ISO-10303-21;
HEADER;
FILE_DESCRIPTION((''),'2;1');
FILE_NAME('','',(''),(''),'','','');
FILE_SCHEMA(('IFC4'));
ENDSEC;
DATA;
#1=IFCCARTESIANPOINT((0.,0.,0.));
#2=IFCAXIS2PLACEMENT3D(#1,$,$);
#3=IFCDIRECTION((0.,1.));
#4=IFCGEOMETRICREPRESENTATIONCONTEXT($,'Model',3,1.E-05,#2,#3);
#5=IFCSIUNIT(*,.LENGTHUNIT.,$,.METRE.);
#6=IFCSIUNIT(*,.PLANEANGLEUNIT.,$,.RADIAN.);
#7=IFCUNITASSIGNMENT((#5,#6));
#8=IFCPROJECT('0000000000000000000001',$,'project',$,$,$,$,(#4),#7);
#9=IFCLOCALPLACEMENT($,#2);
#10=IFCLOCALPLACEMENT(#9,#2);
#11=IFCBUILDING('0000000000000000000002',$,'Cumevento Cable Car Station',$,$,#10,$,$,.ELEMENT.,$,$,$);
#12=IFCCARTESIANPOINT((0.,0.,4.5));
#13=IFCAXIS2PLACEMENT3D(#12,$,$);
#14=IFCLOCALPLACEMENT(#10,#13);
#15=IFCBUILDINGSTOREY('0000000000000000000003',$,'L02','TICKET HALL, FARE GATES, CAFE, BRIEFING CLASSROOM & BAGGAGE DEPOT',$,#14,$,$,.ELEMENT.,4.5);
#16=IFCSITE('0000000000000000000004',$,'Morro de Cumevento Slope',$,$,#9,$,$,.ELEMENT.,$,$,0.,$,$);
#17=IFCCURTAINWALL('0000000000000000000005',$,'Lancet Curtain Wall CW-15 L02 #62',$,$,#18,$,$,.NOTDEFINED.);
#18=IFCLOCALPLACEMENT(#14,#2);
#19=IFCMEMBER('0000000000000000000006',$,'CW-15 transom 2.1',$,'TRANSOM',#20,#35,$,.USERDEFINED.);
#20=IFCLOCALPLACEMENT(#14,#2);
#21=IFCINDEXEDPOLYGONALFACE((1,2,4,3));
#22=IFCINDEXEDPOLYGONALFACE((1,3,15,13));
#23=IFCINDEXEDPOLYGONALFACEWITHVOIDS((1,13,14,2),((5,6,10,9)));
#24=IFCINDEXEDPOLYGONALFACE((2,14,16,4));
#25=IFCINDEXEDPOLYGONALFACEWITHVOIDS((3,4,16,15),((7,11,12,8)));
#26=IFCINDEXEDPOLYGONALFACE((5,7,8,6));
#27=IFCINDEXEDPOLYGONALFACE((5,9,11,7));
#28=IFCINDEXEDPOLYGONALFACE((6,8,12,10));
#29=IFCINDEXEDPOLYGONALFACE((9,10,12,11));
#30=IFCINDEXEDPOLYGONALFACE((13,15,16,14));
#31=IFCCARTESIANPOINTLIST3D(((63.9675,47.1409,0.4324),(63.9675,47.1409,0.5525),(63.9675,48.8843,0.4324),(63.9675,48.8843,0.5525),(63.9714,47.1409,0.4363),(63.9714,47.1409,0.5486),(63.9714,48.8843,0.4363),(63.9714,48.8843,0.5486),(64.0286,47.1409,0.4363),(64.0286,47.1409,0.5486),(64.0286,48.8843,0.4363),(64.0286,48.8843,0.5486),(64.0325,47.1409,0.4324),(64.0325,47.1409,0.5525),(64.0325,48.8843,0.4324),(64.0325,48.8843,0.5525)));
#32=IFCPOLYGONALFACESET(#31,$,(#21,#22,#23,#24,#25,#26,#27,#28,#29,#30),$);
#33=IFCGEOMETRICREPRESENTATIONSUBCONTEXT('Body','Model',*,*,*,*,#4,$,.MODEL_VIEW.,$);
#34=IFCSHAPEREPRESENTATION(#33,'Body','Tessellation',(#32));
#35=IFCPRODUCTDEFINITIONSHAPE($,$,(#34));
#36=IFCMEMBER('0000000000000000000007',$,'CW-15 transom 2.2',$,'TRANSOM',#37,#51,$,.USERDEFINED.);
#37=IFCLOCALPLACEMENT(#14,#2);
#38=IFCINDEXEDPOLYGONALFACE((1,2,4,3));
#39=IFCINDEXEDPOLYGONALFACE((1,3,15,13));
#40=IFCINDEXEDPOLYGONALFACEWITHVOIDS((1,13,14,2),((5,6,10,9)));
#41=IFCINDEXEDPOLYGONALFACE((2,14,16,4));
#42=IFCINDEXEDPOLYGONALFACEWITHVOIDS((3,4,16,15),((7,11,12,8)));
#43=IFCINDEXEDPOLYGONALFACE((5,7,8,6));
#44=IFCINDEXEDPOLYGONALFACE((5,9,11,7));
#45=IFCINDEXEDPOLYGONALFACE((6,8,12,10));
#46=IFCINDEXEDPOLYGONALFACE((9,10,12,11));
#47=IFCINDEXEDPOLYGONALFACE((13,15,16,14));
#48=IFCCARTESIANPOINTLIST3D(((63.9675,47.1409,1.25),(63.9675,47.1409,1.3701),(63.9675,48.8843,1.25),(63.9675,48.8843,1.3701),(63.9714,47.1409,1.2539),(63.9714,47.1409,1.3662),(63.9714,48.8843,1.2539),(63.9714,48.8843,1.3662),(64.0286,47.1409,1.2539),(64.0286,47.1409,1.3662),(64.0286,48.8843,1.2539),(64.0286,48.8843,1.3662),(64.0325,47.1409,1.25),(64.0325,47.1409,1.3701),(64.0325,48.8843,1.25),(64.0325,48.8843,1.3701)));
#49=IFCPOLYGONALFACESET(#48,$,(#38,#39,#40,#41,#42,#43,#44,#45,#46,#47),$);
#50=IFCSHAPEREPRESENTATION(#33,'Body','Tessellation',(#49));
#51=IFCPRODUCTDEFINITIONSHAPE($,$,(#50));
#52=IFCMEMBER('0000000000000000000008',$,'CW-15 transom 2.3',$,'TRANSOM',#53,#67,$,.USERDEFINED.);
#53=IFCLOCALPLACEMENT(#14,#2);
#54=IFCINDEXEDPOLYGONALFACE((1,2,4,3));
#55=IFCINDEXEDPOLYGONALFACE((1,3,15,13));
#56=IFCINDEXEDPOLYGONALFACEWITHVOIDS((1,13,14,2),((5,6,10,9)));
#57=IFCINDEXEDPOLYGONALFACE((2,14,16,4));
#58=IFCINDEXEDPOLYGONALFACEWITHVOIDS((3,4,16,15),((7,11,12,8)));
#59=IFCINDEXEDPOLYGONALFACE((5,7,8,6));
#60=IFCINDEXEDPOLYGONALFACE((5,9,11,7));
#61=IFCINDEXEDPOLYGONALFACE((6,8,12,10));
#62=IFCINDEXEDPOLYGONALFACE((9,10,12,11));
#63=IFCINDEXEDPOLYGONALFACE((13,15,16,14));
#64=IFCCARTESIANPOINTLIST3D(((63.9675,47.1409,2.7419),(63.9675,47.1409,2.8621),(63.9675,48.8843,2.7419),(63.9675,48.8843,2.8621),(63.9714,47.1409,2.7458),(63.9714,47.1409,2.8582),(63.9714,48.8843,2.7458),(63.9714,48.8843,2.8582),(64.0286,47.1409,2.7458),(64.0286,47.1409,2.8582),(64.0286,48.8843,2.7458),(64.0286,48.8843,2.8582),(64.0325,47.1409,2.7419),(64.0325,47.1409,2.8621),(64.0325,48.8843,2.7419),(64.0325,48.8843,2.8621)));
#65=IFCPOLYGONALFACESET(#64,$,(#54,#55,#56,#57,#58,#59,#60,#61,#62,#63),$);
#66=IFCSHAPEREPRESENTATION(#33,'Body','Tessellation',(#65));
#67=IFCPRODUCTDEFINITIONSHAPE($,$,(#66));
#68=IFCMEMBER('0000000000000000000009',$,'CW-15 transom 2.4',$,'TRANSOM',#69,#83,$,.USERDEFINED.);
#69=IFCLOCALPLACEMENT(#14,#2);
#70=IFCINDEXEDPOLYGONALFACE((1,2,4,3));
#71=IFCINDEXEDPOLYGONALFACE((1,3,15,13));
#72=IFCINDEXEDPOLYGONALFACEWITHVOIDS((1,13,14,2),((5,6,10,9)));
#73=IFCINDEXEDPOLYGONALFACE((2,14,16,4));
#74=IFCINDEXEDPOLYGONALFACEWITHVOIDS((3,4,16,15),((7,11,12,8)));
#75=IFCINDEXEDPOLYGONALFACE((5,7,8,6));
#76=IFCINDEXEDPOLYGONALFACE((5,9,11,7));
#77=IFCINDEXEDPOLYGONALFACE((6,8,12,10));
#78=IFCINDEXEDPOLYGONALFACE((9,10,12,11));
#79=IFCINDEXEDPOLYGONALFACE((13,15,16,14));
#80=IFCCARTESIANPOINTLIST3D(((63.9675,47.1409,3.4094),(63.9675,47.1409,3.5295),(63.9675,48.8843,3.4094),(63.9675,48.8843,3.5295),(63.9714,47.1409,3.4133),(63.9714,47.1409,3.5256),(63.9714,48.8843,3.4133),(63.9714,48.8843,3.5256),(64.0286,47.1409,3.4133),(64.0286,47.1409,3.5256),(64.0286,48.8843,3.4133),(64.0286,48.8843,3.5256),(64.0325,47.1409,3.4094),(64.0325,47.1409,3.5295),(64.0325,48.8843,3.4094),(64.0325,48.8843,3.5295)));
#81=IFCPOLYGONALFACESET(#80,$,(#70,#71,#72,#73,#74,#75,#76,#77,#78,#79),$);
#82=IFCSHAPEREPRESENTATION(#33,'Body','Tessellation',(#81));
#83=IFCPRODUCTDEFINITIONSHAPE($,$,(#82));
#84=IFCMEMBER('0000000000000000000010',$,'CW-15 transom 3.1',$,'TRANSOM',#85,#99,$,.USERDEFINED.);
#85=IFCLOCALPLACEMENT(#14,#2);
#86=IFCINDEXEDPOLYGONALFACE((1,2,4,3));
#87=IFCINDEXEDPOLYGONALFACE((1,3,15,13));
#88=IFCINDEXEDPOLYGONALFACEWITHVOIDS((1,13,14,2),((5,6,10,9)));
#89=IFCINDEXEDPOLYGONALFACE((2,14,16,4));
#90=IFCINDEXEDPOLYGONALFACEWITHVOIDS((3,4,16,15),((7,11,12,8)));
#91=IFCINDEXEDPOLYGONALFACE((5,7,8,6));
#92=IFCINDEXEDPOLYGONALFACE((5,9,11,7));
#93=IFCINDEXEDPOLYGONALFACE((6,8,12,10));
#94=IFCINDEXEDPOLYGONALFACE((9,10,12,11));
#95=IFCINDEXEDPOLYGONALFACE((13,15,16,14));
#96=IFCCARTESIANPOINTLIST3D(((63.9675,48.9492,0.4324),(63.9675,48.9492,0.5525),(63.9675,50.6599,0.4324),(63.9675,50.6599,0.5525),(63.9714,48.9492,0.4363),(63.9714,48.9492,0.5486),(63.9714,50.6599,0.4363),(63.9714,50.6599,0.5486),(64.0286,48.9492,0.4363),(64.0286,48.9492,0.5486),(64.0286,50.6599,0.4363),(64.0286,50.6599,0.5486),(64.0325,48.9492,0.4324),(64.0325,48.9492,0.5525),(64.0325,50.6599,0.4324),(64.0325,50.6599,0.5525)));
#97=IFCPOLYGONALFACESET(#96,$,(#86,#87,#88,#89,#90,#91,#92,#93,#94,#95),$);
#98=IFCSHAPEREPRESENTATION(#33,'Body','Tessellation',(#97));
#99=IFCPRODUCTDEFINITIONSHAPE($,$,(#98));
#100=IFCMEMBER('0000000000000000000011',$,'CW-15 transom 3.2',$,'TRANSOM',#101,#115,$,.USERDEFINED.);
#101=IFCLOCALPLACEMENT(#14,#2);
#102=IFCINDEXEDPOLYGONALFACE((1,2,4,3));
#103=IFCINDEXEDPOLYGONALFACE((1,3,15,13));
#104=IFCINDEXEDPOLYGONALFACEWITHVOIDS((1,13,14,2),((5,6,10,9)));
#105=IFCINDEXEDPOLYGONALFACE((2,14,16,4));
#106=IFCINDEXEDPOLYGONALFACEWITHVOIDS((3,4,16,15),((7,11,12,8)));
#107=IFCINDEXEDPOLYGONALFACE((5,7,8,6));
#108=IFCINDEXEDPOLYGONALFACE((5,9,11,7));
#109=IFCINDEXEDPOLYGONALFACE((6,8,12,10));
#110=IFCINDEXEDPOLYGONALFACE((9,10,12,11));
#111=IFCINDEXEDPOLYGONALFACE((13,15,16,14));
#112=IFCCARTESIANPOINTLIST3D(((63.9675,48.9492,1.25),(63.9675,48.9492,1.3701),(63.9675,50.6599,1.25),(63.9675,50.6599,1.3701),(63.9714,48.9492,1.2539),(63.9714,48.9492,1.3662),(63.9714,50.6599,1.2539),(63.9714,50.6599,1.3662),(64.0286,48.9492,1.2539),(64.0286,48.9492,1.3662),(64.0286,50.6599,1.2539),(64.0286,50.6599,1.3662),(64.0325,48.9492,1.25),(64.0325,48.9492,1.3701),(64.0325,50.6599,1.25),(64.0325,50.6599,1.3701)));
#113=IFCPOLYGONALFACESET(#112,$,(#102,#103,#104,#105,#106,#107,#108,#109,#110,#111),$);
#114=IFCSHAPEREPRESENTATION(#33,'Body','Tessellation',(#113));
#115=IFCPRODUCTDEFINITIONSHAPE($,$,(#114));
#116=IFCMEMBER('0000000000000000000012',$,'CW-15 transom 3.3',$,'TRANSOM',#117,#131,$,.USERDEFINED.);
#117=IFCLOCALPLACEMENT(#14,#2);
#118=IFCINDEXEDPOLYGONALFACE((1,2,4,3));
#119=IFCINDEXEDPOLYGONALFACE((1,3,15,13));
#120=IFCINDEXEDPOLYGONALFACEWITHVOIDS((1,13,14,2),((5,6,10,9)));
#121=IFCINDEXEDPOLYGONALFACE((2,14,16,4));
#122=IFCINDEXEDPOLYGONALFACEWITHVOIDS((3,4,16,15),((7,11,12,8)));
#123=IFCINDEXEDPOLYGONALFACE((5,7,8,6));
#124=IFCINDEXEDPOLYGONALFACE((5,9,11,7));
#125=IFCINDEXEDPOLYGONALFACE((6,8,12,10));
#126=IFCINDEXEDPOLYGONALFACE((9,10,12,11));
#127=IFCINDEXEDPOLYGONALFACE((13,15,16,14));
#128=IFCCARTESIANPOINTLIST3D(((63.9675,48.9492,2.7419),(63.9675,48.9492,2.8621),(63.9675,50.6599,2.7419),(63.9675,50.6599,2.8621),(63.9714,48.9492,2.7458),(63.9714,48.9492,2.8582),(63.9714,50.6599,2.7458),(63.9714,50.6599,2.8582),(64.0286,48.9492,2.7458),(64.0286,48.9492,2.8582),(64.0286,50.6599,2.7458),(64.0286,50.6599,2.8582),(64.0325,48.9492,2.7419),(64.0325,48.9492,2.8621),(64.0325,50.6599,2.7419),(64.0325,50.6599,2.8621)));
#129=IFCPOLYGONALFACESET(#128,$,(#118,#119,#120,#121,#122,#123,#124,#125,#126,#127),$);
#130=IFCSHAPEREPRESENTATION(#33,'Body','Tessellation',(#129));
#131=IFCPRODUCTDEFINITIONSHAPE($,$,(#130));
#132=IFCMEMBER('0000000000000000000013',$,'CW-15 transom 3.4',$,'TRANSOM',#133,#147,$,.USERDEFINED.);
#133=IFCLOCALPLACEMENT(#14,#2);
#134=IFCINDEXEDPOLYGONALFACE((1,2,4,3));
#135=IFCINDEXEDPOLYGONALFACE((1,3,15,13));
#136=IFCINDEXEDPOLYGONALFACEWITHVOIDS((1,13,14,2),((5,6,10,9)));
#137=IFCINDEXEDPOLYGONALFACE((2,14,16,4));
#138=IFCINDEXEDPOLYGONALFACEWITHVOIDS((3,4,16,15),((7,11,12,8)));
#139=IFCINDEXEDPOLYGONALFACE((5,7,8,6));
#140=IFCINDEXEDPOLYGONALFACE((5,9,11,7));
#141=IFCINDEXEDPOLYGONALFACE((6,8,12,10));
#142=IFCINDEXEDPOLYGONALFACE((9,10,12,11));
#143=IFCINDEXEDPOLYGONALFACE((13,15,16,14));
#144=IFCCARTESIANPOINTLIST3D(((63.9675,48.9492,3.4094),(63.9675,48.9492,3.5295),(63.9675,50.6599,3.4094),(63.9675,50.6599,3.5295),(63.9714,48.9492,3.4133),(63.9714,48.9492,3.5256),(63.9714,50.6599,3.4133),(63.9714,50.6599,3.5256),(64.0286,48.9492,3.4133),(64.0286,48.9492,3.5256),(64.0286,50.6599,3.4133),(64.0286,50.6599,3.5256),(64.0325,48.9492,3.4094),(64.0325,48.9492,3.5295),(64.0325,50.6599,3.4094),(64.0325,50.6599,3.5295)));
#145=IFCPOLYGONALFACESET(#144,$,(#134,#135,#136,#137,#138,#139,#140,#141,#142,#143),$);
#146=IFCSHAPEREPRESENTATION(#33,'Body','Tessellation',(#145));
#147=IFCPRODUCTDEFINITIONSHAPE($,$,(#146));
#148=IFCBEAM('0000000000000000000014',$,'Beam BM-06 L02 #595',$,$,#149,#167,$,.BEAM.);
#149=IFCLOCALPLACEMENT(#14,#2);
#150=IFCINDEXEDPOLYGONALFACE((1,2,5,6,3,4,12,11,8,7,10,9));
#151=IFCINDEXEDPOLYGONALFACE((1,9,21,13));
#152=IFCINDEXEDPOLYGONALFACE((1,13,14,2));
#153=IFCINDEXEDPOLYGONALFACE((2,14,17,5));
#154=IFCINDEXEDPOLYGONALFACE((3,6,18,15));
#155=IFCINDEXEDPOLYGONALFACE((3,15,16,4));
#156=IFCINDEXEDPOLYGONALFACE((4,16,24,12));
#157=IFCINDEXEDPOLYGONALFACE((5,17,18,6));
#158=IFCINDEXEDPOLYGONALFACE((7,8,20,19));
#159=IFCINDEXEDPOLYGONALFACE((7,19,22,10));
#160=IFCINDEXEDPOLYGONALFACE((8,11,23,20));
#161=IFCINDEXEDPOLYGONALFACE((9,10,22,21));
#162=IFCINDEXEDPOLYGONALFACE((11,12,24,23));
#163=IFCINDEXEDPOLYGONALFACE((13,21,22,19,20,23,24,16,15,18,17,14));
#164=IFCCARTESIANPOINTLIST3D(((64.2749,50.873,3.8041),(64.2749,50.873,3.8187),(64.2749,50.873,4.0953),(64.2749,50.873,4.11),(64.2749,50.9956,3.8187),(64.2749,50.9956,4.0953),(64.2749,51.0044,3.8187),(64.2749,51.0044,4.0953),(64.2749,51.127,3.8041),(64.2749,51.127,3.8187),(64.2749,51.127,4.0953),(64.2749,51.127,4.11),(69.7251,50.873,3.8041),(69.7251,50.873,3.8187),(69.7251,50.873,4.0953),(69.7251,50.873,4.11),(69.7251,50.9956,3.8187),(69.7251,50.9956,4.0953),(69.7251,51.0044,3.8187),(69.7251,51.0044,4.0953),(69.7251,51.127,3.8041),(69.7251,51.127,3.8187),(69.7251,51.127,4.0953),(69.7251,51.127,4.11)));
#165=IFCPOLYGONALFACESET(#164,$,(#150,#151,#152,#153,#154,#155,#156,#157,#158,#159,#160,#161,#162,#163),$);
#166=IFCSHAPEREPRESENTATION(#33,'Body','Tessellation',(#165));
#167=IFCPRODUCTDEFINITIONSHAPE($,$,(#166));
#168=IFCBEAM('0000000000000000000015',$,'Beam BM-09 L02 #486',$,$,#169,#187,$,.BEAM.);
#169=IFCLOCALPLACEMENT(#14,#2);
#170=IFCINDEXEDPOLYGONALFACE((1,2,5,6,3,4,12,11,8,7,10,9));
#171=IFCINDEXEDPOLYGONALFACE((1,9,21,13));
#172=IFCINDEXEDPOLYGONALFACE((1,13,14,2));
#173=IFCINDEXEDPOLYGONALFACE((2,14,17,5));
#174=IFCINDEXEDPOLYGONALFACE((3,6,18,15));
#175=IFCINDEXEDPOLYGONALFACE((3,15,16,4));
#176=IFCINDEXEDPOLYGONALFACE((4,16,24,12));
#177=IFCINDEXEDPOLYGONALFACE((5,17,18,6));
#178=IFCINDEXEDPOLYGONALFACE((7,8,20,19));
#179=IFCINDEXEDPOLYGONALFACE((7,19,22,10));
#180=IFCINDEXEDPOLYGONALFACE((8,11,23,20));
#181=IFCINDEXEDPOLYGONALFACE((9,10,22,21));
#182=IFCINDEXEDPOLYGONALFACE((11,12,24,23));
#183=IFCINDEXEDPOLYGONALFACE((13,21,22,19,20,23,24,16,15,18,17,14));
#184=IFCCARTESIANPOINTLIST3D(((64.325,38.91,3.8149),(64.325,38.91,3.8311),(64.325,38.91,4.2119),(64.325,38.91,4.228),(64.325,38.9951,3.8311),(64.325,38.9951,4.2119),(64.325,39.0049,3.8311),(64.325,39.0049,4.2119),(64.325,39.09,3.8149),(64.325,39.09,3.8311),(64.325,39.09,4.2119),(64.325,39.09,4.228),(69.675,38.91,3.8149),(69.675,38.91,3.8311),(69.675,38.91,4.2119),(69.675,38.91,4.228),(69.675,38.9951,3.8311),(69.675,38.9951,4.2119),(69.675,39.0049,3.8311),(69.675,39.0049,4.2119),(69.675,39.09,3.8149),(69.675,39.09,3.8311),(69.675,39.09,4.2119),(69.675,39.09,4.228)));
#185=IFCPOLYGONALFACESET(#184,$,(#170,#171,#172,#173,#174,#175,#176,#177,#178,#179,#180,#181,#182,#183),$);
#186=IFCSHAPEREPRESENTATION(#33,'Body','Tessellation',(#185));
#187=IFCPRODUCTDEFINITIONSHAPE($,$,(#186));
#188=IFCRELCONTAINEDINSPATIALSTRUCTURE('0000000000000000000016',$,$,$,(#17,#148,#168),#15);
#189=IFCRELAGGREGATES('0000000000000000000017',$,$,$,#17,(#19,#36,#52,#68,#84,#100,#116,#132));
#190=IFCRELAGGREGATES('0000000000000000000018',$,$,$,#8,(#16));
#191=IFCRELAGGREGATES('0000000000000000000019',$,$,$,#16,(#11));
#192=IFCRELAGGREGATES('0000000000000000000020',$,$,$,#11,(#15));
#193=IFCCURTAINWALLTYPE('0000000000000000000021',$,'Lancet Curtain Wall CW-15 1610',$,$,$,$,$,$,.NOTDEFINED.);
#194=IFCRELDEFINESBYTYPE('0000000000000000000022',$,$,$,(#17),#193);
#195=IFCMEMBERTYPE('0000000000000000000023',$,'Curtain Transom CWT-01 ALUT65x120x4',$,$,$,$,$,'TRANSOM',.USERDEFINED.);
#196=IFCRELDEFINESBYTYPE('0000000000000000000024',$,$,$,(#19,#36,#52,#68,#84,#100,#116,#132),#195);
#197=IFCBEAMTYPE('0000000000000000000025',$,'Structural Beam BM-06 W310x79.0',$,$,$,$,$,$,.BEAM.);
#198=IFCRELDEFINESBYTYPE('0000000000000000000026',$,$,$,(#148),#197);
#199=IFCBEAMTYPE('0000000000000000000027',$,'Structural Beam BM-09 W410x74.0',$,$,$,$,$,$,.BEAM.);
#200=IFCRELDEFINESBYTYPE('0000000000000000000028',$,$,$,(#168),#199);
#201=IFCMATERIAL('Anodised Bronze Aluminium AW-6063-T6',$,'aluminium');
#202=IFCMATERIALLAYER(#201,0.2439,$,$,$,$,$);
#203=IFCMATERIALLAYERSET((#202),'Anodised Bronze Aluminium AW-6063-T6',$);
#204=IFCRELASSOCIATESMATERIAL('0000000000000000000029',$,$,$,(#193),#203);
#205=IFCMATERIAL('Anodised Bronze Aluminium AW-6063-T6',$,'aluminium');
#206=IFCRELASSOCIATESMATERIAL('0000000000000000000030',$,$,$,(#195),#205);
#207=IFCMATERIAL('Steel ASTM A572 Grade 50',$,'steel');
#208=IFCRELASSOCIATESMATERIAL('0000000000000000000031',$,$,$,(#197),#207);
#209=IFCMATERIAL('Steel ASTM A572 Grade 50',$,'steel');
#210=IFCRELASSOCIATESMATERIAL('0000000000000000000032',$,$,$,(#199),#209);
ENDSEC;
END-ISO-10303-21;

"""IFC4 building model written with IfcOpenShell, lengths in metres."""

from ifc_helpers import new_model, si_unit, direction, frame, origin, origin_2d, place, context, subcontext, project, spatial, hollow_rectangle, i_section, extrude, material, layer, layer_set, material_profile, profile_set, type_object, element, aggregate, save


model = new_model("IFC4")

# Units and contexts
model_context = context("Model", 3, precision=1e-05, world=origin(), true_north=direction((0.0, 1.0)))
body_context = subcontext(model_context, "Body", "Model", "MODEL_VIEW")
ifc_project = project(units=[si_unit("LENGTHUNIT", "METRE"), si_unit("PLANEANGLEUNIT", "RADIAN")], contexts=[model_context])

# Site, building, storey
site_placement = place(None, origin())
site = spatial("IfcSite", under=ifc_project, at=site_placement, Name="Morro de Cumevento Slope", CompositionType="ELEMENT", RefElevation=0.0)
building_placement = place(site_placement, origin())
building = spatial("IfcBuilding", under=site, at=building_placement, Name="Cumevento Cable Car Station", CompositionType="ELEMENT")
storey_placement = place(building_placement, frame((0.0, 0.0, 4.5)))
storey = spatial("IfcBuildingStorey", under=building, at=storey_placement, Name="L02", Description="TICKET HALL, FARE GATES, CAFE, BRIEFING CLASSROOM & BAGGAGE DEPOT", CompositionType="ELEMENT", Elevation=4.5)

# Curtain wall, members
ifc_material_1 = material(Name="Anodised Bronze Aluminium AW-6063-T6", Category="aluminium")
ifc_layer_1 = layer(ifc_material_1, 0.2439)
ifc_layer_set_1 = layer_set([ifc_layer_1], Name="Anodised Bronze Aluminium AW-6063-T6")
curtain_wall_type = type_object("IfcCurtainWallType", Name="Lancet Curtain Wall CW-15 1610", PredefinedType="NOTDEFINED", material=ifc_layer_set_1)
curtain_wall_placement = place(storey_placement, origin())
curtain_wall = element("IfcCurtainWall", 1, at=curtain_wall_placement, inside=storey, type_object=curtain_wall_type, Name="Lancet Curtain Wall CW-15 L02 #62", PredefinedType="NOTDEFINED")
ifc_material_2 = material(Name="Anodised Bronze Aluminium AW-6063-T6", Category="aluminium")
ifc_material_profile_1 = material_profile(ifc_material_2, hollow_rectangle(XDim=0.0649, YDim=0.1201, WallThickness=0.0039, at=origin_2d()), Name="ALUT65x120x4")
ifc_profile_set_1 = profile_set([ifc_material_profile_1], Name="Anodised Bronze Aluminium AW-6063-T6")
member_type = type_object("IfcMemberType", Name="Curtain Transom CWT-01 ALUT65x120x4", ElementType="TRANSOM", PredefinedType="USERDEFINED", material=ifc_profile_set_1)
member_1_placement = place(storey_placement, frame((64.0, 47.1409, 0.4924), z_axis=(0.0, 1.0, 0.0), x_axis=(-1.0, 0.0, 0.0)))
member_1 = element("IfcMember", 2, at=member_1_placement, type_object=member_type, Name="CW-15 transom 2.1", ObjectType="TRANSOM", PredefinedType="USERDEFINED", context=body_context, shape_type="SweptSolid", body=[
    extrude(hollow_rectangle(XDim=0.0649, YDim=0.1201, WallThickness=0.0039, at=origin_2d()), origin(), (0.0, 0.0, 1.0), 1.7434),
])
member_2_placement = place(storey_placement, frame((64.0, 47.1409, 1.3101), z_axis=(0.0, 1.0, 0.0), x_axis=(-1.0, 0.0, 0.0)))
member_2 = element("IfcMember", 3, at=member_2_placement, type_object=member_type, Name="CW-15 transom 2.2", ObjectType="TRANSOM", PredefinedType="USERDEFINED", context=body_context, shape_type="SweptSolid", body=[
    extrude(hollow_rectangle(XDim=0.0649, YDim=0.1201, WallThickness=0.0039, at=origin_2d()), origin(), (0.0, 0.0, 1.0), 1.7434),
])
member_3_placement = place(storey_placement, frame((64.0, 47.1409, 2.802), z_axis=(0.0, 1.0, 0.0), x_axis=(-1.0, 0.0, 0.0)))
member_3 = element("IfcMember", 4, at=member_3_placement, type_object=member_type, Name="CW-15 transom 2.3", ObjectType="TRANSOM", PredefinedType="USERDEFINED", context=body_context, shape_type="SweptSolid", body=[
    extrude(hollow_rectangle(XDim=0.0649, YDim=0.1201, WallThickness=0.0039, at=origin_2d()), origin(), (0.0, 0.0, 1.0), 1.7434),
])
member_4_placement = place(storey_placement, frame((64.0, 47.1409, 3.4695), z_axis=(0.0, 1.0, 0.0), x_axis=(-1.0, 0.0, 0.0)))
member_4 = element("IfcMember", 5, at=member_4_placement, type_object=member_type, Name="CW-15 transom 2.4", ObjectType="TRANSOM", PredefinedType="USERDEFINED", context=body_context, shape_type="SweptSolid", body=[
    extrude(hollow_rectangle(XDim=0.0649, YDim=0.1201, WallThickness=0.0039, at=origin_2d()), origin(), (0.0, 0.0, 1.0), 1.7434),
])
member_5_placement = place(storey_placement, frame((64.0, 48.9492, 0.4924), z_axis=(0.0, 1.0, 0.0), x_axis=(-1.0, 0.0, 0.0)))
member_5 = element("IfcMember", 6, at=member_5_placement, type_object=member_type, Name="CW-15 transom 3.1", ObjectType="TRANSOM", PredefinedType="USERDEFINED", context=body_context, shape_type="SweptSolid", body=[
    extrude(hollow_rectangle(XDim=0.0649, YDim=0.1201, WallThickness=0.0039, at=origin_2d()), origin(), (0.0, 0.0, 1.0), 1.7107),
])
member_6_placement = place(storey_placement, frame((64.0, 48.9492, 1.3101), z_axis=(0.0, 1.0, 0.0), x_axis=(-1.0, 0.0, 0.0)))
member_6 = element("IfcMember", 7, at=member_6_placement, type_object=member_type, Name="CW-15 transom 3.2", ObjectType="TRANSOM", PredefinedType="USERDEFINED", context=body_context, shape_type="SweptSolid", body=[
    extrude(hollow_rectangle(XDim=0.0649, YDim=0.1201, WallThickness=0.0039, at=origin_2d()), origin(), (0.0, 0.0, 1.0), 1.7107),
])
member_7_placement = place(storey_placement, frame((64.0, 48.9492, 2.802), z_axis=(0.0, 1.0, 0.0), x_axis=(-1.0, 0.0, 0.0)))
member_7 = element("IfcMember", 8, at=member_7_placement, type_object=member_type, Name="CW-15 transom 3.3", ObjectType="TRANSOM", PredefinedType="USERDEFINED", context=body_context, shape_type="SweptSolid", body=[
    extrude(hollow_rectangle(XDim=0.0649, YDim=0.1201, WallThickness=0.0039, at=origin_2d()), origin(), (0.0, 0.0, 1.0), 1.7107),
])
member_8_placement = place(storey_placement, frame((64.0, 48.9492, 3.4695), z_axis=(0.0, 1.0, 0.0), x_axis=(-1.0, 0.0, 0.0)))
member_8 = element("IfcMember", 9, at=member_8_placement, type_object=member_type, Name="CW-15 transom 3.4", ObjectType="TRANSOM", PredefinedType="USERDEFINED", context=body_context, shape_type="SweptSolid", body=[
    extrude(hollow_rectangle(XDim=0.0649, YDim=0.1201, WallThickness=0.0039, at=origin_2d()), origin(), (0.0, 0.0, 1.0), 1.7107),
])

# Beams
ifc_material_3 = material(Name="Steel ASTM A572 Grade 50", Category="steel")
ifc_material_profile_2 = material_profile(ifc_material_3, i_section(OverallWidth=0.2539, OverallDepth=0.3059, WebThickness=0.0088, FlangeThickness=0.0146, at=origin_2d()), Name="W310x79.0")
ifc_profile_set_2 = profile_set([ifc_material_profile_2], Name="Steel ASTM A572 Grade 50")
beam_type_1 = type_object("IfcBeamType", Name="Structural Beam BM-06 W310x79.0", PredefinedType="BEAM", material=ifc_profile_set_2)
beam_1_placement = place(storey_placement, frame((64.2749, 51.0, 3.957), z_axis=(1.0, 0.0, 0.0), x_axis=(0.0, 1.0, 0.0)))
element("IfcBeam", 10, at=beam_1_placement, inside=storey, type_object=beam_type_1, Name="Beam BM-06 L02 #595", PredefinedType="BEAM", context=body_context, shape_type="SweptSolid", body=[
    extrude(i_section(OverallWidth=0.2539, OverallDepth=0.3059, WebThickness=0.0088, FlangeThickness=0.0146, at=origin_2d()), origin(), (0.0, 0.0, 1.0), 5.4502),
])
ifc_material_4 = material(Name="Steel ASTM A572 Grade 50", Category="steel")
ifc_material_profile_3 = material_profile(ifc_material_4, i_section(OverallWidth=0.1799, OverallDepth=0.4131, WebThickness=0.0098, FlangeThickness=0.0161, at=origin_2d()), Name="W410x74.0")
ifc_profile_set_3 = profile_set([ifc_material_profile_3], Name="Steel ASTM A572 Grade 50")
beam_type_2 = type_object("IfcBeamType", Name="Structural Beam BM-09 W410x74.0", PredefinedType="BEAM", material=ifc_profile_set_3)
beam_2_placement = place(storey_placement, frame((64.325, 39.0, 4.0215), z_axis=(1.0, 0.0, 0.0), x_axis=(0.0, 1.0, 0.0)))
element("IfcBeam", 11, at=beam_2_placement, inside=storey, type_object=beam_type_2, Name="Beam BM-09 L02 #486", PredefinedType="BEAM", context=body_context, shape_type="SweptSolid", body=[
    extrude(i_section(OverallWidth=0.1799, OverallDepth=0.4131, WebThickness=0.0098, FlangeThickness=0.0161, at=origin_2d()), origin(), (0.0, 0.0, 1.0), 5.3501),
])

aggregate(curtain_wall, [member_1, member_2, member_3, member_4, member_5, member_6, member_7, member_8])

save(model, "model.ifc")
